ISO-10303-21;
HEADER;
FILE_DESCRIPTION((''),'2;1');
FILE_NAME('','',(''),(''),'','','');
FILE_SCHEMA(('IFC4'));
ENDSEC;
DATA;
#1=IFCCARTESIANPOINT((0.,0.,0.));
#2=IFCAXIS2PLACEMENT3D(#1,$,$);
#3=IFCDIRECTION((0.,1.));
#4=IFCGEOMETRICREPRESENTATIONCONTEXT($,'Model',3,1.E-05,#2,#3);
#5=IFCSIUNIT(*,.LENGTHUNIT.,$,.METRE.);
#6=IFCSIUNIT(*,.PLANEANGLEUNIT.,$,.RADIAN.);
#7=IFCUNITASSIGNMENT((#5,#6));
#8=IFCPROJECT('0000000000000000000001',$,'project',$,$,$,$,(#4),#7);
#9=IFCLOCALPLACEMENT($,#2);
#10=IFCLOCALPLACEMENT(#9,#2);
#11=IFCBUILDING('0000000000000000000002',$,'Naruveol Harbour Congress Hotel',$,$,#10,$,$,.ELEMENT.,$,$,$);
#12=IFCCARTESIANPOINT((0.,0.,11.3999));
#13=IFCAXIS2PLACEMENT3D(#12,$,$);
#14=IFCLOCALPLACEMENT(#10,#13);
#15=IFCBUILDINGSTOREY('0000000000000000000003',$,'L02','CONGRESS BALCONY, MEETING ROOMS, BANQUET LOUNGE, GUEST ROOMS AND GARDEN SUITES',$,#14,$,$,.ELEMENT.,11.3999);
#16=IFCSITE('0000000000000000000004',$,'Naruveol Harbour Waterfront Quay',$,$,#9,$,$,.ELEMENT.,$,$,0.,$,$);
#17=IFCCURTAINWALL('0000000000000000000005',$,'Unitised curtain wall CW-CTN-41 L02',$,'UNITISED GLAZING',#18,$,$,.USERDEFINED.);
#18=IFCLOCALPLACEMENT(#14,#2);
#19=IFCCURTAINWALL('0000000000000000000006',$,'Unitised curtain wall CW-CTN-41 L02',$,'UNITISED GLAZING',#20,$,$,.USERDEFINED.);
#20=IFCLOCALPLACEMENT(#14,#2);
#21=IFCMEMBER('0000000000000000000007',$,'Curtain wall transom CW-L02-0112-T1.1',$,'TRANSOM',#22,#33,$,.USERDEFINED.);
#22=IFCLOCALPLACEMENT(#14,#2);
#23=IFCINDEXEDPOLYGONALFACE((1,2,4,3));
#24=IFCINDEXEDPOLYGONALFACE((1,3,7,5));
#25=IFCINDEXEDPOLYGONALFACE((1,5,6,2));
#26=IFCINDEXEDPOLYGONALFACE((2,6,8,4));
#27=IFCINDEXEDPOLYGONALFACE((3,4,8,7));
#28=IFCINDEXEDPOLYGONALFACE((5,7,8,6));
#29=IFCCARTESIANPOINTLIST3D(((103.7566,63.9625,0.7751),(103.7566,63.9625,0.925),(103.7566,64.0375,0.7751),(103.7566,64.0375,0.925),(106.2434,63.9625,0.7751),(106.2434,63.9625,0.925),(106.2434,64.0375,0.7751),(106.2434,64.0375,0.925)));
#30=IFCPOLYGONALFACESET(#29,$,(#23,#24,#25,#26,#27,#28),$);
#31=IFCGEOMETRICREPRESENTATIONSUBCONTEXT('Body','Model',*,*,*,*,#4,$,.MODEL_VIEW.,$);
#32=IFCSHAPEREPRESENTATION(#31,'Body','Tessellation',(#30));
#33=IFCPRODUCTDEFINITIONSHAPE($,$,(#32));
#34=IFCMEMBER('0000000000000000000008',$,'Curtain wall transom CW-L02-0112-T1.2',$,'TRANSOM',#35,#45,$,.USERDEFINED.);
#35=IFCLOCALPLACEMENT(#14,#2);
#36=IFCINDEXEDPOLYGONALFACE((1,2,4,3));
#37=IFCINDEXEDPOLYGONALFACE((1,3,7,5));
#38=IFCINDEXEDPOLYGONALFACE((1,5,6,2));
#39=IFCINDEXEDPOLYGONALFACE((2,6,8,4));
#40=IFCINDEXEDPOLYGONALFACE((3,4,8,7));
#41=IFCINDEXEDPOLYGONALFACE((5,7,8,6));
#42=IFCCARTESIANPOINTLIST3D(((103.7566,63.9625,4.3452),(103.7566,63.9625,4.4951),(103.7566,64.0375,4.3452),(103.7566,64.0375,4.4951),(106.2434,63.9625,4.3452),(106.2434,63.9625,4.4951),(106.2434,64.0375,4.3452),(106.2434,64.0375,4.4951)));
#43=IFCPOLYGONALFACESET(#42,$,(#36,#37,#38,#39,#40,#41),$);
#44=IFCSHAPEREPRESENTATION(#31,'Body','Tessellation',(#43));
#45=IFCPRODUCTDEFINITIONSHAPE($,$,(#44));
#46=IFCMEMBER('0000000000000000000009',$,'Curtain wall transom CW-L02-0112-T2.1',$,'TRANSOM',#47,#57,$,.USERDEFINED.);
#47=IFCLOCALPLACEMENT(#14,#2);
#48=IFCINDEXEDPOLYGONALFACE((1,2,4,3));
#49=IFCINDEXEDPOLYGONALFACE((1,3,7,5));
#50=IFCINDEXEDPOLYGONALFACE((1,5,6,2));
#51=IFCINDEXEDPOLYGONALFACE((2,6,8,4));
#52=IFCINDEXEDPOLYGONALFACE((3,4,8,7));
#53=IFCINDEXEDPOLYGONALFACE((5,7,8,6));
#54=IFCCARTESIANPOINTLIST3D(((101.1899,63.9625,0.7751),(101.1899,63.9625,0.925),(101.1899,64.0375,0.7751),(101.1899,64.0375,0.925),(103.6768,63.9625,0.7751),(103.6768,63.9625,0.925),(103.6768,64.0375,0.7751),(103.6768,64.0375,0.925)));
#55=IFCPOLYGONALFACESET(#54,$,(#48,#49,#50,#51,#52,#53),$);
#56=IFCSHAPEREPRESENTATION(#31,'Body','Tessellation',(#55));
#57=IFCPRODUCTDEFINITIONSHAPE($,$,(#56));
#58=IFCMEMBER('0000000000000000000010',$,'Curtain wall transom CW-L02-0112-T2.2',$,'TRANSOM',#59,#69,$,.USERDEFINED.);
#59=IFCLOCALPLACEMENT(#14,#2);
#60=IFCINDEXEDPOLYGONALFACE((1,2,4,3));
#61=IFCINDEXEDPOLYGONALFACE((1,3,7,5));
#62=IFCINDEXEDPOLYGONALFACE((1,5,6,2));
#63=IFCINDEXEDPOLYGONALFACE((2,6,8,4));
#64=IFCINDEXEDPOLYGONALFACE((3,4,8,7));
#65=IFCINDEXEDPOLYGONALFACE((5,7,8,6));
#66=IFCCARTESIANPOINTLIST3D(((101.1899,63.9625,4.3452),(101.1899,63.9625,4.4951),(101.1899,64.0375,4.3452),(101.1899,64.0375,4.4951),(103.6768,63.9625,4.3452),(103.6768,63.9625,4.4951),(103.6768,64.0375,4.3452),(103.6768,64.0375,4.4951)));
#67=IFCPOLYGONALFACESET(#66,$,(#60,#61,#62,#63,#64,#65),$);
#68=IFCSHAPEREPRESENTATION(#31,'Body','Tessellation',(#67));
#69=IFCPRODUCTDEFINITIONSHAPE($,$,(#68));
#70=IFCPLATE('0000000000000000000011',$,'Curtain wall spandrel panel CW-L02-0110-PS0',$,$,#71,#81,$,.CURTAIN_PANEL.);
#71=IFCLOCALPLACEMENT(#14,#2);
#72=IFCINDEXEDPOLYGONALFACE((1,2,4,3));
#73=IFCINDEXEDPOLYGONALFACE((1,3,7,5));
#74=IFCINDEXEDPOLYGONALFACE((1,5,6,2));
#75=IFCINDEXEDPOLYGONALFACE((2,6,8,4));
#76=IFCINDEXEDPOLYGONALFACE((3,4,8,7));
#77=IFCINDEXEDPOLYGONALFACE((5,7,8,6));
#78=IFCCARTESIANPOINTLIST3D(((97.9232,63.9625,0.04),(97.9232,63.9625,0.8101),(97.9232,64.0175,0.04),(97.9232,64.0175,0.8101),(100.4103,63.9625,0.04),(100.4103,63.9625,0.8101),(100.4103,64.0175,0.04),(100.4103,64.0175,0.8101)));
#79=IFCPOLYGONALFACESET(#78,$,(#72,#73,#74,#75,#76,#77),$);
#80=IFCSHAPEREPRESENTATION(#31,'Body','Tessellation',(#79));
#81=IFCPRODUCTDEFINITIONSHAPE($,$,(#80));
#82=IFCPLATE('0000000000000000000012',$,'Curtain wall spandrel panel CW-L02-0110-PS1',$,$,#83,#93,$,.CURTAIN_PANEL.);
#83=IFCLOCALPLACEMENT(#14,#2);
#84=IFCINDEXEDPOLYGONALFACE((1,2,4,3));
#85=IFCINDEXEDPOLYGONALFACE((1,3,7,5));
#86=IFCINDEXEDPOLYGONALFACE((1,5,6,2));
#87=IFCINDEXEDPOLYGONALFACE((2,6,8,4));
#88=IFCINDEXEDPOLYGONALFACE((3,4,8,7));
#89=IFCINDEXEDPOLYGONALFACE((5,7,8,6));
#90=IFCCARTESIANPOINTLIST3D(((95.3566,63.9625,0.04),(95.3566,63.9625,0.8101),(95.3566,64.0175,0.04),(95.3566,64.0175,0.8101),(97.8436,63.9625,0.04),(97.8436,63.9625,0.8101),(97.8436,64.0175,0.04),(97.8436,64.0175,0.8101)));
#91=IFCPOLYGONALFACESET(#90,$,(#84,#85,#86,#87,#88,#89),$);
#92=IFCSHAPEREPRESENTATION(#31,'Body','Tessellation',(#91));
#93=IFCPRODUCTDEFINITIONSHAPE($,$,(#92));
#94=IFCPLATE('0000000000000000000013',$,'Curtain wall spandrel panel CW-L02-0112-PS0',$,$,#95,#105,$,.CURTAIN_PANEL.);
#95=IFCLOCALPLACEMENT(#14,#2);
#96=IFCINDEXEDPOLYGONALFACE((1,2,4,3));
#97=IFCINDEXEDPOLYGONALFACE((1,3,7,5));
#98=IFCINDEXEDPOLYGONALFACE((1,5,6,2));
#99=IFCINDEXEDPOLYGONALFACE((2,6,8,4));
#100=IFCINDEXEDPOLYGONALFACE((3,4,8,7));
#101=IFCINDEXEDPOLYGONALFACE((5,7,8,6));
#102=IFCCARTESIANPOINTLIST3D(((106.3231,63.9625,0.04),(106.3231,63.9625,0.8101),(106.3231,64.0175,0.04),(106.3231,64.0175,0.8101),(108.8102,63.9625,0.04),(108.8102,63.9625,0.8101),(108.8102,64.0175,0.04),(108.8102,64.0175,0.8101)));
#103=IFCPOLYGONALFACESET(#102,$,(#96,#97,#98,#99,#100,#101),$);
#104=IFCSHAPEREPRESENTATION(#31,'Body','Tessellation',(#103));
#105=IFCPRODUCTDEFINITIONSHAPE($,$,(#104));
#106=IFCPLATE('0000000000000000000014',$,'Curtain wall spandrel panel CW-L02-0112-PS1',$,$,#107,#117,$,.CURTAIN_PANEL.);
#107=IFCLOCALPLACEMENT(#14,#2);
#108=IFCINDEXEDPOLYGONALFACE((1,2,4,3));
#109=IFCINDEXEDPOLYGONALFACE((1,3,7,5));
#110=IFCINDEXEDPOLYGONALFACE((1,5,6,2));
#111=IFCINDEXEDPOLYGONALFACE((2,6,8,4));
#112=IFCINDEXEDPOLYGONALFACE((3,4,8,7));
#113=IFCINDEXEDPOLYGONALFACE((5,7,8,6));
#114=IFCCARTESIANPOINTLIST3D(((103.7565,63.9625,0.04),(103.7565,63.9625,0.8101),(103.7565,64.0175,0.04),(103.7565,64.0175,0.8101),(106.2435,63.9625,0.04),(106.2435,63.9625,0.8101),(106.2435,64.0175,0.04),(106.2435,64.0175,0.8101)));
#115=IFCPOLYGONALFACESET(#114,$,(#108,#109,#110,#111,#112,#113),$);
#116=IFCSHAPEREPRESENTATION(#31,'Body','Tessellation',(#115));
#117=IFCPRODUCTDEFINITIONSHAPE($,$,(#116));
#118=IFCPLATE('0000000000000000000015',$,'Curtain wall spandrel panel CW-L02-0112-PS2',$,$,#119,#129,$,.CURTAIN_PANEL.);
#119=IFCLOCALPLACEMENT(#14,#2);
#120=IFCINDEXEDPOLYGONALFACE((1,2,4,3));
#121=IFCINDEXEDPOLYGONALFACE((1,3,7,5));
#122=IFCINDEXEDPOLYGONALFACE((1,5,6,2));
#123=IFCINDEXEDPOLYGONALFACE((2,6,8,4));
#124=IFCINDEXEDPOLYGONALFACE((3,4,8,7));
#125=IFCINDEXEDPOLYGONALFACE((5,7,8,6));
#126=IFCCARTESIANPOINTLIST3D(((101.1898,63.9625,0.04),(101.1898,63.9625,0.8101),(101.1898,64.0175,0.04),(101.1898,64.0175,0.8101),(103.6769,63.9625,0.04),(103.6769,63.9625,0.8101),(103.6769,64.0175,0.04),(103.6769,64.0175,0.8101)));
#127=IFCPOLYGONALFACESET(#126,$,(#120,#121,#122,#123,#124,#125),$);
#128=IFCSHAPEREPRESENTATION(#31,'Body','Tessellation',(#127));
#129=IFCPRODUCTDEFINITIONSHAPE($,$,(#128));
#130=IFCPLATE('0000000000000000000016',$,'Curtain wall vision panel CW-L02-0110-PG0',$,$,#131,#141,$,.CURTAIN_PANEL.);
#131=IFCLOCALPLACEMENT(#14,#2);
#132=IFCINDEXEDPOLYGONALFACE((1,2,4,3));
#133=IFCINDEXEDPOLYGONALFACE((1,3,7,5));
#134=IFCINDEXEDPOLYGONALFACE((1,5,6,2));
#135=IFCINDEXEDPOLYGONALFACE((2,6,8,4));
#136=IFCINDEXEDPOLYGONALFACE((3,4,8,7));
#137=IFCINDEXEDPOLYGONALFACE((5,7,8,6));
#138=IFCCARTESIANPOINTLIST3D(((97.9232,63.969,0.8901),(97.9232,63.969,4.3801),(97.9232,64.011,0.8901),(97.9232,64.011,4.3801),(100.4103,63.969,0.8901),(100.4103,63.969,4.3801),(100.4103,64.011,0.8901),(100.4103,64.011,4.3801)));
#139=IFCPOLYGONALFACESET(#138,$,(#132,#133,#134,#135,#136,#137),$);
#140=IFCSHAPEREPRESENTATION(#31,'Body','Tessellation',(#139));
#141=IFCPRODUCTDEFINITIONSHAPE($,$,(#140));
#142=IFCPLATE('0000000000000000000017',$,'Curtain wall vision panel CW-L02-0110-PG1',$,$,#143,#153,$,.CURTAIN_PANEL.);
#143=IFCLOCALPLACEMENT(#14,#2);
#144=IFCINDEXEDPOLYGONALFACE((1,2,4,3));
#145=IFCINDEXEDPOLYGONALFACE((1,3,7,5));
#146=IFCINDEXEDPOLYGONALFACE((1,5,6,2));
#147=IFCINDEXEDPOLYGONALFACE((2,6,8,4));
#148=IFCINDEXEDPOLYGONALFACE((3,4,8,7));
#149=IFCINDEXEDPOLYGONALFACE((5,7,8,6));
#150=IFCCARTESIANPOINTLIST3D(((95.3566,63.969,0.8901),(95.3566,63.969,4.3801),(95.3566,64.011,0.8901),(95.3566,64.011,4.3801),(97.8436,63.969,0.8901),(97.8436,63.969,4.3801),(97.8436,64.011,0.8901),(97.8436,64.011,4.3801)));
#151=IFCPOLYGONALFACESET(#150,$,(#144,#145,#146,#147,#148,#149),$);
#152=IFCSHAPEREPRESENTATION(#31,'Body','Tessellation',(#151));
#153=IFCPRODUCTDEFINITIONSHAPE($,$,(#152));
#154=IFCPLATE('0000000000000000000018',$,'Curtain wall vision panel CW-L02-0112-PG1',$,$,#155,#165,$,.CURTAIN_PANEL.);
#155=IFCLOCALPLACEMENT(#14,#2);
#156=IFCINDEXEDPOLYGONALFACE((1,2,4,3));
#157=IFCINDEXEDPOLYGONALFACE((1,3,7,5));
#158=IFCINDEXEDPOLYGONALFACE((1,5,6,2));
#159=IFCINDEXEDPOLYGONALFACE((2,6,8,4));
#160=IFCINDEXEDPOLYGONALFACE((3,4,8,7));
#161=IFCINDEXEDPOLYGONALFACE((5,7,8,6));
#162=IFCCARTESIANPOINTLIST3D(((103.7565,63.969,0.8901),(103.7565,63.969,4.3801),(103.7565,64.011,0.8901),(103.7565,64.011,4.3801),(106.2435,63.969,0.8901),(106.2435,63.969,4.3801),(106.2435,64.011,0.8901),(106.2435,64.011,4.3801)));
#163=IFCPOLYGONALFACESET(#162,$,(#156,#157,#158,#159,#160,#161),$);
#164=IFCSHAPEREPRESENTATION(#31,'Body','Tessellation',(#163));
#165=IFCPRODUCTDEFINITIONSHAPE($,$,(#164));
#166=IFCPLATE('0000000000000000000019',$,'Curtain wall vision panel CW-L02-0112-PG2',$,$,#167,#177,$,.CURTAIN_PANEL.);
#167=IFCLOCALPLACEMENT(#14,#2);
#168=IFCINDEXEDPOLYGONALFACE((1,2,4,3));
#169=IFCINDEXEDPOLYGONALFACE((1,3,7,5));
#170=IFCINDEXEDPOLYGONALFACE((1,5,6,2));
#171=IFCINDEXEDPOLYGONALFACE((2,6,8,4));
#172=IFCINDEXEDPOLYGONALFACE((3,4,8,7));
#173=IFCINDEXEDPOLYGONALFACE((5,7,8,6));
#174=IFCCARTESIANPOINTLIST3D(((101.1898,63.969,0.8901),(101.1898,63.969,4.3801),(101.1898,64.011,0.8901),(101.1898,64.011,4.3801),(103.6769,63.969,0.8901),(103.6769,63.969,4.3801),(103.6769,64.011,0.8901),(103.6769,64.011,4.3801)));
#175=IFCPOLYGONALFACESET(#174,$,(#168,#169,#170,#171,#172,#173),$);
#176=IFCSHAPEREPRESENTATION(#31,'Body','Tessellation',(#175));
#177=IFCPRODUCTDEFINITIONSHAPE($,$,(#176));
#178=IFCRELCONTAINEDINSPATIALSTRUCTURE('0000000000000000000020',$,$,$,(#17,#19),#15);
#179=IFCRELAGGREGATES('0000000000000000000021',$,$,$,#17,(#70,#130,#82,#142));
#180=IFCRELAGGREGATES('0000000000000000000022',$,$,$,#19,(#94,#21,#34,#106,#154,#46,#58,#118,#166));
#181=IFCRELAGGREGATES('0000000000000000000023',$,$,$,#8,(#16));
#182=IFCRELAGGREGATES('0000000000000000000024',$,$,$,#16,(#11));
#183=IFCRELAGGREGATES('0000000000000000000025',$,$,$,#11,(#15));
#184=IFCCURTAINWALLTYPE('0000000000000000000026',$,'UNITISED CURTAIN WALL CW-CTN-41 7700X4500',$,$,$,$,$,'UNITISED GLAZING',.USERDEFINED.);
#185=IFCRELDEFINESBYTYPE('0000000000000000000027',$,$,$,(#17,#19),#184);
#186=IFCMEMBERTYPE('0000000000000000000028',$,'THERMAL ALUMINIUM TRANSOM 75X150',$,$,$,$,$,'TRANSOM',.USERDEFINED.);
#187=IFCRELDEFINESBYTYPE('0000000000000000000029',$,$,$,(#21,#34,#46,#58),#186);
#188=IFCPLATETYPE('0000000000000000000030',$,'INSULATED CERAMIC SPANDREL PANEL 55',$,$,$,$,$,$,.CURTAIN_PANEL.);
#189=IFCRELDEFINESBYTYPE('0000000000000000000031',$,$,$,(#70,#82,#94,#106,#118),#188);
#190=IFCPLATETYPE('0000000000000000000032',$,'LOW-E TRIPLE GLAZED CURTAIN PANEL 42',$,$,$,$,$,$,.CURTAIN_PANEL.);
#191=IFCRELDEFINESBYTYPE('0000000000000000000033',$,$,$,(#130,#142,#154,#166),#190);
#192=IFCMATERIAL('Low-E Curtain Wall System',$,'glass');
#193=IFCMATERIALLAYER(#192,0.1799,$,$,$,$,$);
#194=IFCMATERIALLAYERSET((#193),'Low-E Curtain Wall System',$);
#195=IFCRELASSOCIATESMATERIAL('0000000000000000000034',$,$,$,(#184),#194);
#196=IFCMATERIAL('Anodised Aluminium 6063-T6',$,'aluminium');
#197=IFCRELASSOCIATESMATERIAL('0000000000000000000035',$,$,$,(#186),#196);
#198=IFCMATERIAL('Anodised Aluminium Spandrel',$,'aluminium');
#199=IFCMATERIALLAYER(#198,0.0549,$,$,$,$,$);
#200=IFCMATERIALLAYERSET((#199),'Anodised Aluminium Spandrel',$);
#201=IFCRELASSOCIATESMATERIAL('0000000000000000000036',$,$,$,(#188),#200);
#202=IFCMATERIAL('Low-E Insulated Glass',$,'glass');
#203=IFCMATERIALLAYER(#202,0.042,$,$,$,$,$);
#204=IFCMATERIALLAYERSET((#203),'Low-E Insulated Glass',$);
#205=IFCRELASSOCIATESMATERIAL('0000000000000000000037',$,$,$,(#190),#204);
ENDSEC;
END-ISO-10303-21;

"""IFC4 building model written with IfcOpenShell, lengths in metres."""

from ifc_helpers import new_model, si_unit, direction, frame, origin, origin_2d, place, context, subcontext, project, spatial, rectangle, extrude, material, layer, layer_set, material_profile, profile_set, type_object, element, aggregate, save


model = new_model("IFC4")

# Units and contexts
model_context = context("Model", 3, precision=1e-05, world=origin(), true_north=direction((0.0, 1.0)))
body_context = subcontext(model_context, "Body", "Model", "MODEL_VIEW")
ifc_project = project(units=[si_unit("LENGTHUNIT", "METRE"), si_unit("PLANEANGLEUNIT", "RADIAN")], contexts=[model_context])

# Site, building, storey
site_placement = place(None, origin())
site = spatial("IfcSite", under=ifc_project, at=site_placement, Name="Naruveol Harbour Waterfront Quay", CompositionType="ELEMENT", RefElevation=0.0)
building_placement = place(site_placement, origin())
building = spatial("IfcBuilding", under=site, at=building_placement, Name="Naruveol Harbour Congress Hotel", CompositionType="ELEMENT")
storey_placement = place(building_placement, frame((0.0, 0.0, 11.3999)))
storey = spatial("IfcBuildingStorey", under=building, at=storey_placement, Name="L02", Description="CONGRESS BALCONY, MEETING ROOMS, BANQUET LOUNGE, GUEST ROOMS AND GARDEN SUITES", CompositionType="ELEMENT", Elevation=11.3999)

# Curtain walls
ifc_material_1 = material(Name="Low-E Curtain Wall System", Category="glass")
ifc_layer_1 = layer(ifc_material_1, 0.1799)
ifc_layer_set_1 = layer_set([ifc_layer_1], Name="Low-E Curtain Wall System")
curtain_wall_type = type_object("IfcCurtainWallType", Name="UNITISED CURTAIN WALL CW-CTN-41 7700X4500", ElementType="UNITISED GLAZING", PredefinedType="USERDEFINED", material=ifc_layer_set_1)
curtain_wall_1_placement = place(storey_placement, origin())
curtain_wall_1 = element("IfcCurtainWall", 1, at=curtain_wall_1_placement, inside=storey, type_object=curtain_wall_type, Name="Unitised curtain wall CW-CTN-41 L02", ObjectType="UNITISED GLAZING", PredefinedType="USERDEFINED")
curtain_wall_2_placement = place(storey_placement, origin())
curtain_wall_2 = element("IfcCurtainWall", 2, at=curtain_wall_2_placement, inside=storey, type_object=curtain_wall_type, Name="Unitised curtain wall CW-CTN-41 L02", ObjectType="UNITISED GLAZING", PredefinedType="USERDEFINED")

# Members
ifc_material_2 = material(Name="Anodised Aluminium 6063-T6", Category="aluminium")
ifc_material_profile_1 = material_profile(ifc_material_2, rectangle(XDim=0.075, YDim=0.1499, at=origin_2d()), Name="ALU-75x150")
ifc_profile_set_1 = profile_set([ifc_material_profile_1], Name="Anodised Aluminium 6063-T6")
member_type_1 = type_object("IfcMemberType", Name="THERMAL ALUMINIUM TRANSOM 75X150", ElementType="TRANSOM", PredefinedType="USERDEFINED", material=ifc_profile_set_1)
member_1_placement = place(storey_placement, frame((106.2434, 64.0, 0.8501), z_axis=(-1.0, 0.0, 0.0), x_axis=(0.0, -1.0, 0.0)))
member_1 = element("IfcMember", 3, at=member_1_placement, type_object=member_type_1, Name="Curtain wall transom CW-L02-0112-T1.1", ObjectType="TRANSOM", PredefinedType="USERDEFINED", context=body_context, shape_type="SweptSolid", body=[
    extrude(rectangle(XDim=0.075, YDim=0.1499, at=origin_2d()), origin(), (0.0, 0.0, 1.0), 2.4868),
])
member_2_placement = place(storey_placement, frame((106.2434, 64.0, 4.4202), z_axis=(-1.0, 0.0, 0.0), x_axis=(0.0, -1.0, 0.0)))
member_2 = element("IfcMember", 4, at=member_2_placement, type_object=member_type_1, Name="Curtain wall transom CW-L02-0112-T1.2", ObjectType="TRANSOM", PredefinedType="USERDEFINED", context=body_context, shape_type="SweptSolid", body=[
    extrude(rectangle(XDim=0.075, YDim=0.1499, at=origin_2d()), origin(), (0.0, 0.0, 1.0), 2.4868),
])
member_3_placement = place(storey_placement, frame((103.6768, 64.0, 0.8501), z_axis=(-1.0, 0.0, 0.0), x_axis=(0.0, -1.0, 0.0)))
member_3 = element("IfcMember", 5, at=member_3_placement, type_object=member_type_1, Name="Curtain wall transom CW-L02-0112-T2.1", ObjectType="TRANSOM", PredefinedType="USERDEFINED", context=body_context, shape_type="SweptSolid", body=[
    extrude(rectangle(XDim=0.075, YDim=0.1499, at=origin_2d()), origin(), (0.0, 0.0, 1.0), 2.4868),
])
member_4_placement = place(storey_placement, frame((103.6768, 64.0, 4.4202), z_axis=(-1.0, 0.0, 0.0), x_axis=(0.0, -1.0, 0.0)))
member_4 = element("IfcMember", 6, at=member_4_placement, type_object=member_type_1, Name="Curtain wall transom CW-L02-0112-T2.2", ObjectType="TRANSOM", PredefinedType="USERDEFINED", context=body_context, shape_type="SweptSolid", body=[
    extrude(rectangle(XDim=0.075, YDim=0.1499, at=origin_2d()), origin(), (0.0, 0.0, 1.0), 2.4868),
])

# Plates
ifc_material_3 = material(Name="Anodised Aluminium Spandrel", Category="aluminium")
ifc_layer_2 = layer(ifc_material_3, 0.0549)
ifc_layer_set_2 = layer_set([ifc_layer_2], Name="Anodised Aluminium Spandrel")
plate_type_1 = type_object("IfcPlateType", Name="INSULATED CERAMIC SPANDREL PANEL 55", PredefinedType="CURTAIN_PANEL", material=ifc_layer_set_2)
plate_1_placement = place(storey_placement, frame((99.1667, 63.99, 0.04), z_axis=(0.0, 0.0, 1.0), x_axis=(-1.0, 0.0, 0.0)))
plate_1 = element("IfcPlate", 7, at=plate_1_placement, type_object=plate_type_1, Name="Curtain wall spandrel panel CW-L02-0110-PS0", PredefinedType="CURTAIN_PANEL", context=body_context, shape_type="SweptSolid", body=[
    extrude(rectangle(XDim=2.4871, YDim=0.0549, at=origin_2d()), origin(), (0.0, 0.0, 1.0), 0.77),
])
plate_2_placement = place(storey_placement, frame((96.6001, 63.99, 0.04), z_axis=(0.0, 0.0, 1.0), x_axis=(-1.0, 0.0, 0.0)))
plate_2 = element("IfcPlate", 8, at=plate_2_placement, type_object=plate_type_1, Name="Curtain wall spandrel panel CW-L02-0110-PS1", PredefinedType="CURTAIN_PANEL", context=body_context, shape_type="SweptSolid", body=[
    extrude(rectangle(XDim=2.4871, YDim=0.0549, at=origin_2d()), origin(), (0.0, 0.0, 1.0), 0.77),
])
plate_3_placement = place(storey_placement, frame((107.5667, 63.99, 0.04), z_axis=(0.0, 0.0, 1.0), x_axis=(-1.0, 0.0, 0.0)))
plate_3 = element("IfcPlate", 9, at=plate_3_placement, type_object=plate_type_1, Name="Curtain wall spandrel panel CW-L02-0112-PS0", PredefinedType="CURTAIN_PANEL", context=body_context, shape_type="SweptSolid", body=[
    extrude(rectangle(XDim=2.4871, YDim=0.0549, at=origin_2d()), origin(), (0.0, 0.0, 1.0), 0.77),
])
plate_4_placement = place(storey_placement, frame((105.0, 63.99, 0.04), z_axis=(0.0, 0.0, 1.0), x_axis=(-1.0, 0.0, 0.0)))
plate_4 = element("IfcPlate", 10, at=plate_4_placement, type_object=plate_type_1, Name="Curtain wall spandrel panel CW-L02-0112-PS1", PredefinedType="CURTAIN_PANEL", context=body_context, shape_type="SweptSolid", body=[
    extrude(rectangle(XDim=2.4871, YDim=0.0549, at=origin_2d()), origin(), (0.0, 0.0, 1.0), 0.77),
])
plate_5_placement = place(storey_placement, frame((102.4333, 63.99, 0.04), z_axis=(0.0, 0.0, 1.0), x_axis=(-1.0, 0.0, 0.0)))
plate_5 = element("IfcPlate", 11, at=plate_5_placement, type_object=plate_type_1, Name="Curtain wall spandrel panel CW-L02-0112-PS2", PredefinedType="CURTAIN_PANEL", context=body_context, shape_type="SweptSolid", body=[
    extrude(rectangle(XDim=2.4871, YDim=0.0549, at=origin_2d()), origin(), (0.0, 0.0, 1.0), 0.77),
])
ifc_material_4 = material(Name="Low-E Insulated Glass", Category="glass")
ifc_layer_3 = layer(ifc_material_4, 0.042)
ifc_layer_set_3 = layer_set([ifc_layer_3], Name="Low-E Insulated Glass")
plate_type_2 = type_object("IfcPlateType", Name="LOW-E TRIPLE GLAZED CURTAIN PANEL 42", PredefinedType="CURTAIN_PANEL", material=ifc_layer_set_3)
plate_6_placement = place(storey_placement, frame((99.1667, 63.99, 0.8901), z_axis=(0.0, 0.0, 1.0), x_axis=(-1.0, 0.0, 0.0)))
plate_6 = element("IfcPlate", 12, at=plate_6_placement, type_object=plate_type_2, Name="Curtain wall vision panel CW-L02-0110-PG0", PredefinedType="CURTAIN_PANEL", context=body_context, shape_type="SweptSolid", body=[
    extrude(rectangle(XDim=2.4871, YDim=0.042, at=origin_2d()), origin(), (0.0, 0.0, 1.0), 3.49),
])
plate_7_placement = place(storey_placement, frame((96.6001, 63.99, 0.8901), z_axis=(0.0, 0.0, 1.0), x_axis=(-1.0, 0.0, 0.0)))
plate_7 = element("IfcPlate", 13, at=plate_7_placement, type_object=plate_type_2, Name="Curtain wall vision panel CW-L02-0110-PG1", PredefinedType="CURTAIN_PANEL", context=body_context, shape_type="SweptSolid", body=[
    extrude(rectangle(XDim=2.4871, YDim=0.042, at=origin_2d()), origin(), (0.0, 0.0, 1.0), 3.49),
])
aggregate(curtain_wall_1, [plate_1, plate_6, plate_2, plate_7])
plate_8_placement = place(storey_placement, frame((105.0, 63.99, 0.8901), z_axis=(0.0, 0.0, 1.0), x_axis=(-1.0, 0.0, 0.0)))
plate_8 = element("IfcPlate", 14, at=plate_8_placement, type_object=plate_type_2, Name="Curtain wall vision panel CW-L02-0112-PG1", PredefinedType="CURTAIN_PANEL", context=body_context, shape_type="SweptSolid", body=[
    extrude(rectangle(XDim=2.4871, YDim=0.042, at=origin_2d()), origin(), (0.0, 0.0, 1.0), 3.49),
])
plate_9_placement = place(storey_placement, frame((102.4333, 63.99, 0.8901), z_axis=(0.0, 0.0, 1.0), x_axis=(-1.0, 0.0, 0.0)))
plate_9 = element("IfcPlate", 15, at=plate_9_placement, type_object=plate_type_2, Name="Curtain wall vision panel CW-L02-0112-PG2", PredefinedType="CURTAIN_PANEL", context=body_context, shape_type="SweptSolid", body=[
    extrude(rectangle(XDim=2.4871, YDim=0.042, at=origin_2d()), origin(), (0.0, 0.0, 1.0), 3.49),
])
aggregate(curtain_wall_2, [plate_3, member_1, member_2, plate_4, plate_8, member_3, member_4, plate_5, plate_9])

save(model, "model.ifc")
